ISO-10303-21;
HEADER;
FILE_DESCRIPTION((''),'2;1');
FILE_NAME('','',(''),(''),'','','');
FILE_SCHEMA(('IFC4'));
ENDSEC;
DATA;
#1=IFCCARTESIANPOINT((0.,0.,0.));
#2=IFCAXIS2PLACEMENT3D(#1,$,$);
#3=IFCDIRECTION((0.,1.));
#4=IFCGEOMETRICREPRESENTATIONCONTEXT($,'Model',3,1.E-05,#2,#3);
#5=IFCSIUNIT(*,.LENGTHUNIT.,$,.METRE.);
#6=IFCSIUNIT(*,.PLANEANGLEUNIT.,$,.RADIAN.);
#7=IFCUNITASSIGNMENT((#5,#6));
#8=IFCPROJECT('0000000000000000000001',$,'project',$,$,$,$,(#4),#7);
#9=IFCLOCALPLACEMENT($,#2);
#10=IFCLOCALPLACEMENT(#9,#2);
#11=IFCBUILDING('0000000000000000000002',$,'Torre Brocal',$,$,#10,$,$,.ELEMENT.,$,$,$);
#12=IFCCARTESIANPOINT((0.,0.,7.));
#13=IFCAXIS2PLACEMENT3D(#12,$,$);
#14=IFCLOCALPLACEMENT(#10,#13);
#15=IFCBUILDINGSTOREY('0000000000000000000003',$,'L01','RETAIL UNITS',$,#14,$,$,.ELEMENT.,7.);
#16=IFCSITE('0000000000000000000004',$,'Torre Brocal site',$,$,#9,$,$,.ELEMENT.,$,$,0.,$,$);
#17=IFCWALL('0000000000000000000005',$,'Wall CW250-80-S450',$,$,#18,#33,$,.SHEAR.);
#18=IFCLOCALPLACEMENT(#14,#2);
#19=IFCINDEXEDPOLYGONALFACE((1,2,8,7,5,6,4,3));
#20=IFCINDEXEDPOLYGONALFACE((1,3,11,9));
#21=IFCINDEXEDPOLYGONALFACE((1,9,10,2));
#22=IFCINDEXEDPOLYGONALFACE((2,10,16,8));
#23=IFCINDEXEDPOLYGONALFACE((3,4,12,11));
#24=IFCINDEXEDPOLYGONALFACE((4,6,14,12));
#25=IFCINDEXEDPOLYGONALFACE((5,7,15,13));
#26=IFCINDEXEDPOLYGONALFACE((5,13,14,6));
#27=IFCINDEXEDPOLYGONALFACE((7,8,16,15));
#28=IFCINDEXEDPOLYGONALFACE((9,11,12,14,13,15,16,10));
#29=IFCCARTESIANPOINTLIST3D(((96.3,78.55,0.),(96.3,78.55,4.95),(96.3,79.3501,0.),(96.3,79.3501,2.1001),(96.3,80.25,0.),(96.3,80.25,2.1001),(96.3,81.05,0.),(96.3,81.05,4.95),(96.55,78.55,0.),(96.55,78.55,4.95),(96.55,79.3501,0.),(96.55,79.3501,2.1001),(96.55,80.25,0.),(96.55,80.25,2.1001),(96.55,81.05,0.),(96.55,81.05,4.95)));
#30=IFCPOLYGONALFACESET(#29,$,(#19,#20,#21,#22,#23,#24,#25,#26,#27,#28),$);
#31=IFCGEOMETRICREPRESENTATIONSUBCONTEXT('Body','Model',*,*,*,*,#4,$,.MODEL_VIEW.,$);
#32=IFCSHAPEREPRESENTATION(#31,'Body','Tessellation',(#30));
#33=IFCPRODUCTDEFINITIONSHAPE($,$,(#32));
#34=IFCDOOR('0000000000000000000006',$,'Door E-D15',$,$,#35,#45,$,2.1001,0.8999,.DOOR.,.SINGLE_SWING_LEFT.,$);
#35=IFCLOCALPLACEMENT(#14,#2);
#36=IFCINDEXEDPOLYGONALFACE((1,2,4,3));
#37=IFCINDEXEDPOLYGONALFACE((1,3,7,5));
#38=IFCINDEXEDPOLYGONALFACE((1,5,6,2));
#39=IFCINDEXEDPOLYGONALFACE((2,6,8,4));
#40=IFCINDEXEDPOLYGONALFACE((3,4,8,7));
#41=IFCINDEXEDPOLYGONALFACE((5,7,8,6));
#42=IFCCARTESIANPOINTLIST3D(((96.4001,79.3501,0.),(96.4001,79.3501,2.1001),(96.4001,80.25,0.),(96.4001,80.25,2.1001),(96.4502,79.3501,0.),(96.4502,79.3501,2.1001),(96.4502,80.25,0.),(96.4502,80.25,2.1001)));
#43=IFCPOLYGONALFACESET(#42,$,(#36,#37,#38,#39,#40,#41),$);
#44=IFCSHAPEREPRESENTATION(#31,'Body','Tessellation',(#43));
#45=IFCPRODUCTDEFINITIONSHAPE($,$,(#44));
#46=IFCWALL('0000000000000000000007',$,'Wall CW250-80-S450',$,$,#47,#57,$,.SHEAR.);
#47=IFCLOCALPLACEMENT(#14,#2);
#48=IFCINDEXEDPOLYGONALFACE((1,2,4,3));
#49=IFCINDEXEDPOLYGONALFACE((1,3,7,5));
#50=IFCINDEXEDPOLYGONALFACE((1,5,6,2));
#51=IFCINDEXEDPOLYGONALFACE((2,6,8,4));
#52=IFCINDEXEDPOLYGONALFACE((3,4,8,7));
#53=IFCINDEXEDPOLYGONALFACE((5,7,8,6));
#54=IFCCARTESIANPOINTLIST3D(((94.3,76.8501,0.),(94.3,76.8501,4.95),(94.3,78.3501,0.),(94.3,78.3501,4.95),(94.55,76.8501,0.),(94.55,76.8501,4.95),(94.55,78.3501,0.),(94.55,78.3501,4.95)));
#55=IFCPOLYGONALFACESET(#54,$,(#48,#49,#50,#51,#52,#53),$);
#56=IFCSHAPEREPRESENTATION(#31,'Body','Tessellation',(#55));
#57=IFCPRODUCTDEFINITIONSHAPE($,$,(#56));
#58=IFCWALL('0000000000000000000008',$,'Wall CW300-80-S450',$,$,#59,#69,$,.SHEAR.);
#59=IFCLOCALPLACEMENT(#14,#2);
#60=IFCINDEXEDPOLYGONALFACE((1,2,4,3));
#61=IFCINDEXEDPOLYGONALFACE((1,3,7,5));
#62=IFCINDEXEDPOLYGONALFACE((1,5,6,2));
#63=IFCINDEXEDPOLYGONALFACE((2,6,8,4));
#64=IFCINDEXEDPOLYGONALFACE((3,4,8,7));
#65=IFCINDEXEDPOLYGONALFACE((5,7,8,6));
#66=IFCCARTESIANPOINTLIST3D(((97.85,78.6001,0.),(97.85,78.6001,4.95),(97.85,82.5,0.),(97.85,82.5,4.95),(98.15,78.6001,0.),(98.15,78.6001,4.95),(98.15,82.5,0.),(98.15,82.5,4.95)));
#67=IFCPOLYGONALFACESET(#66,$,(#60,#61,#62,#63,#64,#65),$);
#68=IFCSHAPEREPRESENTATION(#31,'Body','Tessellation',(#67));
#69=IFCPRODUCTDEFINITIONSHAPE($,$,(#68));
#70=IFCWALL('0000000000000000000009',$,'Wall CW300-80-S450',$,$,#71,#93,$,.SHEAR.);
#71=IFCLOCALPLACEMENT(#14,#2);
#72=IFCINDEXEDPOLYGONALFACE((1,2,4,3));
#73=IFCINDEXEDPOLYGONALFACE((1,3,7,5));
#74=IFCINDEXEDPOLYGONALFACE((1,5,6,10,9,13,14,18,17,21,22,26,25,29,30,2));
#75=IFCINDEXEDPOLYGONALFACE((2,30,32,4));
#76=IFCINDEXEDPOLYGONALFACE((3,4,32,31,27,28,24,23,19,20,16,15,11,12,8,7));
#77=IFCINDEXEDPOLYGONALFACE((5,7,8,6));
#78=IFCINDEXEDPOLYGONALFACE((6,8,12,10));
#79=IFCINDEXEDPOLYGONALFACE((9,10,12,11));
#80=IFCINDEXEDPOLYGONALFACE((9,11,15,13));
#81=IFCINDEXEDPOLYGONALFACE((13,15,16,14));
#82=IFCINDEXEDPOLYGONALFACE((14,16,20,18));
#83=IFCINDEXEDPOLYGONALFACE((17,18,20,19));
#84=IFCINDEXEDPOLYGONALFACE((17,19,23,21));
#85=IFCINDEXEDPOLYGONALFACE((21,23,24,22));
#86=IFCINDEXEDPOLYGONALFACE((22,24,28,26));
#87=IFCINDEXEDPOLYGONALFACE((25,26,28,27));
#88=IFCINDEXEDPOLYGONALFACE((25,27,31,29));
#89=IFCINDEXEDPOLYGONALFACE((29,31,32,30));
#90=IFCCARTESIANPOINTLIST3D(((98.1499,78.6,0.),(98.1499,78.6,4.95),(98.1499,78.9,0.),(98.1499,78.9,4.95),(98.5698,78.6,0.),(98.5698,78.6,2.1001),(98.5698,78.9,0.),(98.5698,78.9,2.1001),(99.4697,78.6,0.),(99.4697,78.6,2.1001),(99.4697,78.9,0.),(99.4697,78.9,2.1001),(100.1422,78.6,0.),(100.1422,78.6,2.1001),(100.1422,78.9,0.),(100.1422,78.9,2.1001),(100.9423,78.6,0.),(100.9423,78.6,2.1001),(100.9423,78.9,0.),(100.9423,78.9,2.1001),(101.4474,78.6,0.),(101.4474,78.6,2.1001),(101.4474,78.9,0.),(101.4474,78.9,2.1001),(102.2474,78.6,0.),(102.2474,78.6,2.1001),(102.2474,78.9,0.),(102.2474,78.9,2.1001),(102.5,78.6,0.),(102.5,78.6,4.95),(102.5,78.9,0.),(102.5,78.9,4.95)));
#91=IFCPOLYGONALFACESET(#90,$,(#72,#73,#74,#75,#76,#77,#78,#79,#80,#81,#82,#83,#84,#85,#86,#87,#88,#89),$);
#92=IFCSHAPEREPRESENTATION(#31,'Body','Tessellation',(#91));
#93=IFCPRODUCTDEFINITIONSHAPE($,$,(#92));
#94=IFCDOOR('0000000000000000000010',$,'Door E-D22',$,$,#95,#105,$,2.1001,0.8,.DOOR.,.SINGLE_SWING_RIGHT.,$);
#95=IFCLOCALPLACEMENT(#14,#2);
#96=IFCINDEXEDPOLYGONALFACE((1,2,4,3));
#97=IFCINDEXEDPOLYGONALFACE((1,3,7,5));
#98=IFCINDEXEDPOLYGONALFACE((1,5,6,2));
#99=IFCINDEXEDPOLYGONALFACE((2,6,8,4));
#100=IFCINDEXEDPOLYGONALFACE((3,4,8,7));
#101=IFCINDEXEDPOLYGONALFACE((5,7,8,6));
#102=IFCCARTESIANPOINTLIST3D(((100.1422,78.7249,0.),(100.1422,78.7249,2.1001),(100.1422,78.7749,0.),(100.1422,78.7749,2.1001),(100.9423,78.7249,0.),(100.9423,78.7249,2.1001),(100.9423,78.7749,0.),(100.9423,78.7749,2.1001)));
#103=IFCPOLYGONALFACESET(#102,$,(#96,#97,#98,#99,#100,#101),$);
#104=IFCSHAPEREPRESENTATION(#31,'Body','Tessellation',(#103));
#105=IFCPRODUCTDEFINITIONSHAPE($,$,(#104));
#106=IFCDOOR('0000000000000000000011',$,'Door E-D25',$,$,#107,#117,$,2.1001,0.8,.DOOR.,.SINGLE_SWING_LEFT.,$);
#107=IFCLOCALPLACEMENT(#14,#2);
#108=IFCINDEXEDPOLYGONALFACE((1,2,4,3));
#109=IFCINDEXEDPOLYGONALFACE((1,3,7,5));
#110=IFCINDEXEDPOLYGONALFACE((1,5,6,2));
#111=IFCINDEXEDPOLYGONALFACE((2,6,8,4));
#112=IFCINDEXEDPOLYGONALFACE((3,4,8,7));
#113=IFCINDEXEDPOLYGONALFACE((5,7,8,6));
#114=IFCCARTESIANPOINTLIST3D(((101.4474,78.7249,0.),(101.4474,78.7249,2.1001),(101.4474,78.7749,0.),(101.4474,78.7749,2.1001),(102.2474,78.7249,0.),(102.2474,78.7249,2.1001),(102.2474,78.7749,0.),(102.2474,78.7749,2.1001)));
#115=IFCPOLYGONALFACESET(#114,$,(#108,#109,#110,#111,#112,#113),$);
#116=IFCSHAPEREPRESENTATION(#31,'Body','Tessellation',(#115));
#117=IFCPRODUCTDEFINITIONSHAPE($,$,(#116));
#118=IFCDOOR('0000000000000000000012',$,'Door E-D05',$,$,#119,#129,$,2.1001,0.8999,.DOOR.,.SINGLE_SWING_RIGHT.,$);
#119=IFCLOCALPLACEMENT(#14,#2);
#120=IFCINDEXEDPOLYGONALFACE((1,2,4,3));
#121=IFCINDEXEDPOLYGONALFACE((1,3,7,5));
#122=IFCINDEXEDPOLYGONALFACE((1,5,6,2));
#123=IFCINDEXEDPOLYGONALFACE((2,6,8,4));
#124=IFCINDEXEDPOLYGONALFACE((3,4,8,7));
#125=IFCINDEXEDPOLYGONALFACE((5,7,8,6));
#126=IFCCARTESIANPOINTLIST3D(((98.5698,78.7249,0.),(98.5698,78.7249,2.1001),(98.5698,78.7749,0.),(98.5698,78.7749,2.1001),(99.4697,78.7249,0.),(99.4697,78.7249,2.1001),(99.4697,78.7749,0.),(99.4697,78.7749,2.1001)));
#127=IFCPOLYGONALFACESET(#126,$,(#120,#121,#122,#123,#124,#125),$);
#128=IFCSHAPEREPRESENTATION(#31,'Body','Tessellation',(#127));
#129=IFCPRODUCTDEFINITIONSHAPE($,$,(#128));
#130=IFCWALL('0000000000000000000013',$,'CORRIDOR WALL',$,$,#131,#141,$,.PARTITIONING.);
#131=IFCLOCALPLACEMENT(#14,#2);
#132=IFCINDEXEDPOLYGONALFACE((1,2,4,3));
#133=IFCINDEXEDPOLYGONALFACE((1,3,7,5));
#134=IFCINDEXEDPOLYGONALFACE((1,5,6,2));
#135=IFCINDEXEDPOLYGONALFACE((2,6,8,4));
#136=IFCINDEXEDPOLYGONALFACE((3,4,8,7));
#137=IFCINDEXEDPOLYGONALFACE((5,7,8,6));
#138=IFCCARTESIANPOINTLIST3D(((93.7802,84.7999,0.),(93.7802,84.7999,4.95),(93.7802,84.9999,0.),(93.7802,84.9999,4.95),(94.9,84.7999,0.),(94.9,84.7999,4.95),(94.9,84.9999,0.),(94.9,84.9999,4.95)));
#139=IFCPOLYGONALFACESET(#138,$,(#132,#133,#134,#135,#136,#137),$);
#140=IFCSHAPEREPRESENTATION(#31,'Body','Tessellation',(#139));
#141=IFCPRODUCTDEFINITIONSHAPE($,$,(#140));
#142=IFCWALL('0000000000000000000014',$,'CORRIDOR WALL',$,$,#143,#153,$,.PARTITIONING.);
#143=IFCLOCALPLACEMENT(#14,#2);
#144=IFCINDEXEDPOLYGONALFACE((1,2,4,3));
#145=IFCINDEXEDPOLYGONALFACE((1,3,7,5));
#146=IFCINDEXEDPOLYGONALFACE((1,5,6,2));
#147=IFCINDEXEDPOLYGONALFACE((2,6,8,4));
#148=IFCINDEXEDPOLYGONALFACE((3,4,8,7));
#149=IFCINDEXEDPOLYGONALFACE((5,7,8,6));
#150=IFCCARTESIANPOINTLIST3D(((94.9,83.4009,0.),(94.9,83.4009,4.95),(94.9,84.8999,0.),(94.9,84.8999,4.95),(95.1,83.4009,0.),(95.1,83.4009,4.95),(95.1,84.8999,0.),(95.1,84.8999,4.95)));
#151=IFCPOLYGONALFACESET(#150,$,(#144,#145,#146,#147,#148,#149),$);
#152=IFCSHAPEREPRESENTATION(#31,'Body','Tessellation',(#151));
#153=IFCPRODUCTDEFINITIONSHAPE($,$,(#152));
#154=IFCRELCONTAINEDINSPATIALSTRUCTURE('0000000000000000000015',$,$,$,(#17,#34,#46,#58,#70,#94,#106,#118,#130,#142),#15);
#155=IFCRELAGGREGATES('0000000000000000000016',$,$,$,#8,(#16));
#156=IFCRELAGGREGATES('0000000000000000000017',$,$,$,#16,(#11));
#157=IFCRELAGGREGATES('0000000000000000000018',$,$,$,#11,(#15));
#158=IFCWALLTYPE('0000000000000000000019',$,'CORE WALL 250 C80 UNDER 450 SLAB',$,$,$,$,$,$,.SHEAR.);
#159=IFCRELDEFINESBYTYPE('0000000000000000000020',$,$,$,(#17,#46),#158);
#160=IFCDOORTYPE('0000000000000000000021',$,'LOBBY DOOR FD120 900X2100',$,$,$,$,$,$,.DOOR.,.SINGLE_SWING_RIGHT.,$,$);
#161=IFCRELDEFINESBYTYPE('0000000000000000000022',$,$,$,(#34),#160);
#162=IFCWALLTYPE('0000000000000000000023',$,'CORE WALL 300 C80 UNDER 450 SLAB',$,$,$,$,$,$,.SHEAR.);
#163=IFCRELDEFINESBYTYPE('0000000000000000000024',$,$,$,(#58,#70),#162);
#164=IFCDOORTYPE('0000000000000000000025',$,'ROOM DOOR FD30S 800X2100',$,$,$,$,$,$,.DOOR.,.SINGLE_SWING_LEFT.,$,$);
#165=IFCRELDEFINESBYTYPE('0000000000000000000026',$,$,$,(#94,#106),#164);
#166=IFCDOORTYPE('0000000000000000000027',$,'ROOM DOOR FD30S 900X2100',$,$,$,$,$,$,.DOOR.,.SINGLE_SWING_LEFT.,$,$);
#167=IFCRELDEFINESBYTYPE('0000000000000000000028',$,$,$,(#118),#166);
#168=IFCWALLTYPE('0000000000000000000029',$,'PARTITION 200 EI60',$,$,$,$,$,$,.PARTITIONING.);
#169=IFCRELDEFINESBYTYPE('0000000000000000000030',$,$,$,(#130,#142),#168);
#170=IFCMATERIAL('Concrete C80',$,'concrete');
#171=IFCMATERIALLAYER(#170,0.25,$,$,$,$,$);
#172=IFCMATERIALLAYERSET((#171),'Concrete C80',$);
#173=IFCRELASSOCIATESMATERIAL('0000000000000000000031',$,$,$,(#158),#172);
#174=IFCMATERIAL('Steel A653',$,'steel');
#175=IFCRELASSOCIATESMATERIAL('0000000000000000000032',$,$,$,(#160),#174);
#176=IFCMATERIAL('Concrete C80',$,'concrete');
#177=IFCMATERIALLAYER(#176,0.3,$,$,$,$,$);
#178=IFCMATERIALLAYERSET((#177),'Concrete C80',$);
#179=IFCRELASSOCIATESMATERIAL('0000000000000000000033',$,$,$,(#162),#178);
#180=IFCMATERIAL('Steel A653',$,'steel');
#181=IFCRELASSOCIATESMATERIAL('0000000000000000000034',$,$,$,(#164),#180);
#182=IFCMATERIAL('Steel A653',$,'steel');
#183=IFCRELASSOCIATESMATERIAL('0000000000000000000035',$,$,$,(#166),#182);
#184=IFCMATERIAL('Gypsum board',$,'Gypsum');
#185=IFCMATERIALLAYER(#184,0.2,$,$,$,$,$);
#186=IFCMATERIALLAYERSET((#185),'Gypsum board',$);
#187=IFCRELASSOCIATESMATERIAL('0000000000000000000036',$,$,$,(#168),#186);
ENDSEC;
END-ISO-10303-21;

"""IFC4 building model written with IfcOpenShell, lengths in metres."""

from ifc_helpers import new_model, si_unit, direction, frame, frame_2d, origin, place, context, subcontext, project, spatial, rectangle, extrude, material, layer, layer_set, type_object, element, fill, save


model = new_model("IFC4")

# Units and contexts
model_context = context("Model", 3, precision=1e-05, world=origin(), true_north=direction((0.0, 1.0)))
body_context = subcontext(model_context, "Body", "Model", "MODEL_VIEW")
ifc_project = project(units=[si_unit("LENGTHUNIT", "METRE"), si_unit("PLANEANGLEUNIT", "RADIAN")], contexts=[model_context])

# Site, building, storey
site_placement = place(None, origin())
site = spatial("IfcSite", under=ifc_project, at=site_placement, Name="Torre Brocal site", CompositionType="ELEMENT", RefElevation=0.0)
building_placement = place(site_placement, origin())
building = spatial("IfcBuilding", under=site, at=building_placement, Name="Torre Brocal", CompositionType="ELEMENT")
storey_placement = place(building_placement, frame((0.0, 0.0, 7.0)))
storey = spatial("IfcBuildingStorey", under=building, at=storey_placement, Name="L01", Description="RETAIL UNITS", CompositionType="ELEMENT", Elevation=7.0)

# Wall, opening, door
ifc_material_1 = material(Name="Concrete C80", Category="concrete")
ifc_layer_1 = layer(ifc_material_1, 0.25)
ifc_layer_set_1 = layer_set([ifc_layer_1], Name="Concrete C80")
wall_type_1 = type_object("IfcWallType", Name="CORE WALL 250 C80 UNDER 450 SLAB", PredefinedType="SHEAR", material=ifc_layer_set_1)
wall_1_placement = place(storey_placement, frame((96.425, 78.55, 0.0), z_axis=(0.0, 0.0, 1.0), x_axis=(0.0, 1.0, 0.0)))
wall_1 = element("IfcWall", 1, at=wall_1_placement, inside=storey, type_object=wall_type_1, Name="Wall CW250-80-S450", PredefinedType="SHEAR", context=body_context, shape_type="SweptSolid", body=[
    extrude(rectangle(XDim=2.5, YDim=0.25, at=frame_2d((1.25, 0.0))), origin(), (0.0, 0.0, 1.0), 4.95),
])
opening_1_placement = place(wall_1_placement, frame((0.8, 0.0, 0.0)))
opening_1 = element("IfcOpeningElement", 2, at=opening_1_placement, cuts=wall_1, PredefinedType="OPENING", context=body_context, shape_type="SweptSolid", body=[
    extrude(rectangle(XDim=0.8999, YDim=2.1001, at=frame_2d((0.45, 1.05))), frame((0.0, 0.135, 0.0), z_axis=(0.0, -1.0, 0.0), x_axis=(1.0, 0.0, 0.0)), (0.0, 0.0, 1.0), 0.27),
])
ifc_material_2 = material(Name="Steel A653", Category="steel")
door_type_1 = type_object("IfcDoorType", Name="LOBBY DOOR FD120 900X2100", OperationType="SINGLE_SWING_RIGHT", PredefinedType="DOOR", material=ifc_material_2)
door_1_placement = place(opening_1_placement, origin())
door_1 = element("IfcDoor", 3, at=door_1_placement, inside=storey, type_object=door_type_1, Name="Door E-D15", OperationType="SINGLE_SWING_LEFT", OverallHeight=2.1001, OverallWidth=0.8999, PredefinedType="DOOR", context=body_context, shape_type="SweptSolid", body=[
    extrude(rectangle(XDim=0.8999, YDim=2.1001, at=frame_2d((0.45, 1.05))), frame((0.0, 0.0249, 0.0), z_axis=(0.0, -1.0, 0.0), x_axis=(1.0, 0.0, 0.0)), (0.0, 0.0, 1.0), 0.05),
])
fill(opening_1, door_1)

# Walls
wall_2_placement = place(storey_placement, frame((94.425, 76.8501, 0.0), z_axis=(0.0, 0.0, 1.0), x_axis=(0.0, 1.0, 0.0)))
element("IfcWall", 4, at=wall_2_placement, inside=storey, type_object=wall_type_1, Name="Wall CW250-80-S450", PredefinedType="SHEAR", context=body_context, shape_type="SweptSolid", body=[
    extrude(rectangle(XDim=1.5, YDim=0.25, at=frame_2d((0.75, 0.0))), origin(), (0.0, 0.0, 1.0), 4.95),
])
ifc_material_3 = material(Name="Concrete C80", Category="concrete")
ifc_layer_2 = layer(ifc_material_3, 0.3)
ifc_layer_set_2 = layer_set([ifc_layer_2], Name="Concrete C80")
wall_type_2 = type_object("IfcWallType", Name="CORE WALL 300 C80 UNDER 450 SLAB", PredefinedType="SHEAR", material=ifc_layer_set_2)
wall_3_placement = place(storey_placement, frame((98.0, 78.6001, 0.0), z_axis=(0.0, 0.0, 1.0), x_axis=(0.0, 1.0, 0.0)))
element("IfcWall", 5, at=wall_3_placement, inside=storey, type_object=wall_type_2, Name="Wall CW300-80-S450", PredefinedType="SHEAR", context=body_context, shape_type="SweptSolid", body=[
    extrude(rectangle(XDim=3.8999, YDim=0.3, at=frame_2d((1.95, 0.0))), origin(), (0.0, 0.0, 1.0), 4.95),
])

# Wall, openings, doors
wall_4_placement = place(storey_placement, frame((98.1499, 78.75, 0.0), z_axis=(0.0, 0.0, 1.0), x_axis=(1.0, 0.0, 0.0)))
wall_4 = element("IfcWall", 6, at=wall_4_placement, inside=storey, type_object=wall_type_2, Name="Wall CW300-80-S450", PredefinedType="SHEAR", context=body_context, shape_type="SweptSolid", body=[
    extrude(rectangle(XDim=4.3501, YDim=0.3, at=frame_2d((2.175, 0.0))), origin(), (0.0, 0.0, 1.0), 4.95),
])
opening_2_placement = place(wall_4_placement, frame((0.4199, 0.0, 0.0)))
opening_2 = element("IfcOpeningElement", 7, at=opening_2_placement, cuts=wall_4, PredefinedType="OPENING", context=body_context, shape_type="SweptSolid", body=[
    extrude(rectangle(XDim=0.8999, YDim=2.1001, at=frame_2d((0.45, 1.05))), frame((0.0, 0.1599, 0.0), z_axis=(0.0, -1.0, 0.0), x_axis=(1.0, 0.0, 0.0)), (0.0, 0.0, 1.0), 0.3201),
])
opening_3_placement = place(wall_4_placement, frame((1.9924, 0.0, 0.0)))
opening_3 = element("IfcOpeningElement", 8, at=opening_3_placement, cuts=wall_4, PredefinedType="OPENING", context=body_context, shape_type="SweptSolid", body=[
    extrude(rectangle(XDim=0.8, YDim=2.1001, at=frame_2d((0.3999, 1.05))), frame((0.0, 0.1599, 0.0), z_axis=(0.0, -1.0, 0.0), x_axis=(1.0, 0.0, 0.0)), (0.0, 0.0, 1.0), 0.3201),
])
opening_4_placement = place(wall_4_placement, frame((3.2976, 0.0, 0.0)))
opening_4 = element("IfcOpeningElement", 9, at=opening_4_placement, cuts=wall_4, PredefinedType="OPENING", context=body_context, shape_type="SweptSolid", body=[
    extrude(rectangle(XDim=0.8, YDim=2.1001, at=frame_2d((0.3999, 1.05))), frame((0.0, 0.1599, 0.0), z_axis=(0.0, -1.0, 0.0), x_axis=(1.0, 0.0, 0.0)), (0.0, 0.0, 1.0), 0.3201),
])
ifc_material_4 = material(Name="Steel A653", Category="steel")
door_type_2 = type_object("IfcDoorType", Name="ROOM DOOR FD30S 800X2100", OperationType="SINGLE_SWING_LEFT", PredefinedType="DOOR", material=ifc_material_4)
door_2_placement = place(opening_3_placement, origin())
door_2 = element("IfcDoor", 10, at=door_2_placement, inside=storey, type_object=door_type_2, Name="Door E-D22", OperationType="SINGLE_SWING_RIGHT", OverallHeight=2.1001, OverallWidth=0.8, PredefinedType="DOOR", context=body_context, shape_type="SweptSolid", body=[
    extrude(rectangle(XDim=0.8, YDim=2.1001, at=frame_2d((0.3999, 1.05))), frame((0.0, 0.0249, 0.0), z_axis=(0.0, -1.0, 0.0), x_axis=(1.0, 0.0, 0.0)), (0.0, 0.0, 1.0), 0.05),
])
fill(opening_3, door_2)
door_3_placement = place(opening_4_placement, origin())
door_3 = element("IfcDoor", 11, at=door_3_placement, inside=storey, type_object=door_type_2, Name="Door E-D25", OperationType="SINGLE_SWING_LEFT", OverallHeight=2.1001, OverallWidth=0.8, PredefinedType="DOOR", context=body_context, shape_type="SweptSolid", body=[
    extrude(rectangle(XDim=0.8, YDim=2.1001, at=frame_2d((0.3999, 1.05))), frame((0.0, 0.0249, 0.0), z_axis=(0.0, -1.0, 0.0), x_axis=(1.0, 0.0, 0.0)), (0.0, 0.0, 1.0), 0.05),
])
fill(opening_4, door_3)
ifc_material_5 = material(Name="Steel A653", Category="steel")
door_type_3 = type_object("IfcDoorType", Name="ROOM DOOR FD30S 900X2100", OperationType="SINGLE_SWING_LEFT", PredefinedType="DOOR", material=ifc_material_5)
door_4_placement = place(opening_2_placement, origin())
door_4 = element("IfcDoor", 12, at=door_4_placement, inside=storey, type_object=door_type_3, Name="Door E-D05", OperationType="SINGLE_SWING_RIGHT", OverallHeight=2.1001, OverallWidth=0.8999, PredefinedType="DOOR", context=body_context, shape_type="SweptSolid", body=[
    extrude(rectangle(XDim=0.8999, YDim=2.1001, at=frame_2d((0.45, 1.05))), frame((0.0, 0.0249, 0.0), z_axis=(0.0, -1.0, 0.0), x_axis=(1.0, 0.0, 0.0)), (0.0, 0.0, 1.0), 0.05),
])
fill(opening_2, door_4)

# Walls
ifc_material_6 = material(Name="Gypsum board", Category="Gypsum")
ifc_layer_3 = layer(ifc_material_6, 0.2)
ifc_layer_set_3 = layer_set([ifc_layer_3], Name="Gypsum board")
wall_type_3 = type_object("IfcWallType", Name="PARTITION 200 EI60", PredefinedType="PARTITIONING", material=ifc_layer_set_3)
wall_5_placement = place(storey_placement, frame((93.78, 84.8999, 0.0), z_axis=(0.0, 0.0, 1.0), x_axis=(1.0, 0.0, 0.0)))
element("IfcWall", 13, at=wall_5_placement, inside=storey, type_object=wall_type_3, Name="CORRIDOR WALL", PredefinedType="PARTITIONING", context=body_context, shape_type="SweptSolid", body=[
    extrude(rectangle(XDim=1.1199, YDim=0.2, at=frame_2d((0.5601, 0.0))), origin(), (0.0, 0.0, 1.0), 4.95),
])
wall_6_placement = place(storey_placement, frame((95.0, 83.4009, 0.0), z_axis=(0.0, 0.0, 1.0), x_axis=(0.0, 1.0, 0.0)))
element("IfcWall", 14, at=wall_6_placement, inside=storey, type_object=wall_type_3, Name="CORRIDOR WALL", PredefinedType="PARTITIONING", context=body_context, shape_type="SweptSolid", body=[
    extrude(rectangle(XDim=1.499, YDim=0.2, at=frame_2d((0.7495, 0.0))), origin(), (0.0, 0.0, 1.0), 4.95),
])

save(model, "model.ifc")
